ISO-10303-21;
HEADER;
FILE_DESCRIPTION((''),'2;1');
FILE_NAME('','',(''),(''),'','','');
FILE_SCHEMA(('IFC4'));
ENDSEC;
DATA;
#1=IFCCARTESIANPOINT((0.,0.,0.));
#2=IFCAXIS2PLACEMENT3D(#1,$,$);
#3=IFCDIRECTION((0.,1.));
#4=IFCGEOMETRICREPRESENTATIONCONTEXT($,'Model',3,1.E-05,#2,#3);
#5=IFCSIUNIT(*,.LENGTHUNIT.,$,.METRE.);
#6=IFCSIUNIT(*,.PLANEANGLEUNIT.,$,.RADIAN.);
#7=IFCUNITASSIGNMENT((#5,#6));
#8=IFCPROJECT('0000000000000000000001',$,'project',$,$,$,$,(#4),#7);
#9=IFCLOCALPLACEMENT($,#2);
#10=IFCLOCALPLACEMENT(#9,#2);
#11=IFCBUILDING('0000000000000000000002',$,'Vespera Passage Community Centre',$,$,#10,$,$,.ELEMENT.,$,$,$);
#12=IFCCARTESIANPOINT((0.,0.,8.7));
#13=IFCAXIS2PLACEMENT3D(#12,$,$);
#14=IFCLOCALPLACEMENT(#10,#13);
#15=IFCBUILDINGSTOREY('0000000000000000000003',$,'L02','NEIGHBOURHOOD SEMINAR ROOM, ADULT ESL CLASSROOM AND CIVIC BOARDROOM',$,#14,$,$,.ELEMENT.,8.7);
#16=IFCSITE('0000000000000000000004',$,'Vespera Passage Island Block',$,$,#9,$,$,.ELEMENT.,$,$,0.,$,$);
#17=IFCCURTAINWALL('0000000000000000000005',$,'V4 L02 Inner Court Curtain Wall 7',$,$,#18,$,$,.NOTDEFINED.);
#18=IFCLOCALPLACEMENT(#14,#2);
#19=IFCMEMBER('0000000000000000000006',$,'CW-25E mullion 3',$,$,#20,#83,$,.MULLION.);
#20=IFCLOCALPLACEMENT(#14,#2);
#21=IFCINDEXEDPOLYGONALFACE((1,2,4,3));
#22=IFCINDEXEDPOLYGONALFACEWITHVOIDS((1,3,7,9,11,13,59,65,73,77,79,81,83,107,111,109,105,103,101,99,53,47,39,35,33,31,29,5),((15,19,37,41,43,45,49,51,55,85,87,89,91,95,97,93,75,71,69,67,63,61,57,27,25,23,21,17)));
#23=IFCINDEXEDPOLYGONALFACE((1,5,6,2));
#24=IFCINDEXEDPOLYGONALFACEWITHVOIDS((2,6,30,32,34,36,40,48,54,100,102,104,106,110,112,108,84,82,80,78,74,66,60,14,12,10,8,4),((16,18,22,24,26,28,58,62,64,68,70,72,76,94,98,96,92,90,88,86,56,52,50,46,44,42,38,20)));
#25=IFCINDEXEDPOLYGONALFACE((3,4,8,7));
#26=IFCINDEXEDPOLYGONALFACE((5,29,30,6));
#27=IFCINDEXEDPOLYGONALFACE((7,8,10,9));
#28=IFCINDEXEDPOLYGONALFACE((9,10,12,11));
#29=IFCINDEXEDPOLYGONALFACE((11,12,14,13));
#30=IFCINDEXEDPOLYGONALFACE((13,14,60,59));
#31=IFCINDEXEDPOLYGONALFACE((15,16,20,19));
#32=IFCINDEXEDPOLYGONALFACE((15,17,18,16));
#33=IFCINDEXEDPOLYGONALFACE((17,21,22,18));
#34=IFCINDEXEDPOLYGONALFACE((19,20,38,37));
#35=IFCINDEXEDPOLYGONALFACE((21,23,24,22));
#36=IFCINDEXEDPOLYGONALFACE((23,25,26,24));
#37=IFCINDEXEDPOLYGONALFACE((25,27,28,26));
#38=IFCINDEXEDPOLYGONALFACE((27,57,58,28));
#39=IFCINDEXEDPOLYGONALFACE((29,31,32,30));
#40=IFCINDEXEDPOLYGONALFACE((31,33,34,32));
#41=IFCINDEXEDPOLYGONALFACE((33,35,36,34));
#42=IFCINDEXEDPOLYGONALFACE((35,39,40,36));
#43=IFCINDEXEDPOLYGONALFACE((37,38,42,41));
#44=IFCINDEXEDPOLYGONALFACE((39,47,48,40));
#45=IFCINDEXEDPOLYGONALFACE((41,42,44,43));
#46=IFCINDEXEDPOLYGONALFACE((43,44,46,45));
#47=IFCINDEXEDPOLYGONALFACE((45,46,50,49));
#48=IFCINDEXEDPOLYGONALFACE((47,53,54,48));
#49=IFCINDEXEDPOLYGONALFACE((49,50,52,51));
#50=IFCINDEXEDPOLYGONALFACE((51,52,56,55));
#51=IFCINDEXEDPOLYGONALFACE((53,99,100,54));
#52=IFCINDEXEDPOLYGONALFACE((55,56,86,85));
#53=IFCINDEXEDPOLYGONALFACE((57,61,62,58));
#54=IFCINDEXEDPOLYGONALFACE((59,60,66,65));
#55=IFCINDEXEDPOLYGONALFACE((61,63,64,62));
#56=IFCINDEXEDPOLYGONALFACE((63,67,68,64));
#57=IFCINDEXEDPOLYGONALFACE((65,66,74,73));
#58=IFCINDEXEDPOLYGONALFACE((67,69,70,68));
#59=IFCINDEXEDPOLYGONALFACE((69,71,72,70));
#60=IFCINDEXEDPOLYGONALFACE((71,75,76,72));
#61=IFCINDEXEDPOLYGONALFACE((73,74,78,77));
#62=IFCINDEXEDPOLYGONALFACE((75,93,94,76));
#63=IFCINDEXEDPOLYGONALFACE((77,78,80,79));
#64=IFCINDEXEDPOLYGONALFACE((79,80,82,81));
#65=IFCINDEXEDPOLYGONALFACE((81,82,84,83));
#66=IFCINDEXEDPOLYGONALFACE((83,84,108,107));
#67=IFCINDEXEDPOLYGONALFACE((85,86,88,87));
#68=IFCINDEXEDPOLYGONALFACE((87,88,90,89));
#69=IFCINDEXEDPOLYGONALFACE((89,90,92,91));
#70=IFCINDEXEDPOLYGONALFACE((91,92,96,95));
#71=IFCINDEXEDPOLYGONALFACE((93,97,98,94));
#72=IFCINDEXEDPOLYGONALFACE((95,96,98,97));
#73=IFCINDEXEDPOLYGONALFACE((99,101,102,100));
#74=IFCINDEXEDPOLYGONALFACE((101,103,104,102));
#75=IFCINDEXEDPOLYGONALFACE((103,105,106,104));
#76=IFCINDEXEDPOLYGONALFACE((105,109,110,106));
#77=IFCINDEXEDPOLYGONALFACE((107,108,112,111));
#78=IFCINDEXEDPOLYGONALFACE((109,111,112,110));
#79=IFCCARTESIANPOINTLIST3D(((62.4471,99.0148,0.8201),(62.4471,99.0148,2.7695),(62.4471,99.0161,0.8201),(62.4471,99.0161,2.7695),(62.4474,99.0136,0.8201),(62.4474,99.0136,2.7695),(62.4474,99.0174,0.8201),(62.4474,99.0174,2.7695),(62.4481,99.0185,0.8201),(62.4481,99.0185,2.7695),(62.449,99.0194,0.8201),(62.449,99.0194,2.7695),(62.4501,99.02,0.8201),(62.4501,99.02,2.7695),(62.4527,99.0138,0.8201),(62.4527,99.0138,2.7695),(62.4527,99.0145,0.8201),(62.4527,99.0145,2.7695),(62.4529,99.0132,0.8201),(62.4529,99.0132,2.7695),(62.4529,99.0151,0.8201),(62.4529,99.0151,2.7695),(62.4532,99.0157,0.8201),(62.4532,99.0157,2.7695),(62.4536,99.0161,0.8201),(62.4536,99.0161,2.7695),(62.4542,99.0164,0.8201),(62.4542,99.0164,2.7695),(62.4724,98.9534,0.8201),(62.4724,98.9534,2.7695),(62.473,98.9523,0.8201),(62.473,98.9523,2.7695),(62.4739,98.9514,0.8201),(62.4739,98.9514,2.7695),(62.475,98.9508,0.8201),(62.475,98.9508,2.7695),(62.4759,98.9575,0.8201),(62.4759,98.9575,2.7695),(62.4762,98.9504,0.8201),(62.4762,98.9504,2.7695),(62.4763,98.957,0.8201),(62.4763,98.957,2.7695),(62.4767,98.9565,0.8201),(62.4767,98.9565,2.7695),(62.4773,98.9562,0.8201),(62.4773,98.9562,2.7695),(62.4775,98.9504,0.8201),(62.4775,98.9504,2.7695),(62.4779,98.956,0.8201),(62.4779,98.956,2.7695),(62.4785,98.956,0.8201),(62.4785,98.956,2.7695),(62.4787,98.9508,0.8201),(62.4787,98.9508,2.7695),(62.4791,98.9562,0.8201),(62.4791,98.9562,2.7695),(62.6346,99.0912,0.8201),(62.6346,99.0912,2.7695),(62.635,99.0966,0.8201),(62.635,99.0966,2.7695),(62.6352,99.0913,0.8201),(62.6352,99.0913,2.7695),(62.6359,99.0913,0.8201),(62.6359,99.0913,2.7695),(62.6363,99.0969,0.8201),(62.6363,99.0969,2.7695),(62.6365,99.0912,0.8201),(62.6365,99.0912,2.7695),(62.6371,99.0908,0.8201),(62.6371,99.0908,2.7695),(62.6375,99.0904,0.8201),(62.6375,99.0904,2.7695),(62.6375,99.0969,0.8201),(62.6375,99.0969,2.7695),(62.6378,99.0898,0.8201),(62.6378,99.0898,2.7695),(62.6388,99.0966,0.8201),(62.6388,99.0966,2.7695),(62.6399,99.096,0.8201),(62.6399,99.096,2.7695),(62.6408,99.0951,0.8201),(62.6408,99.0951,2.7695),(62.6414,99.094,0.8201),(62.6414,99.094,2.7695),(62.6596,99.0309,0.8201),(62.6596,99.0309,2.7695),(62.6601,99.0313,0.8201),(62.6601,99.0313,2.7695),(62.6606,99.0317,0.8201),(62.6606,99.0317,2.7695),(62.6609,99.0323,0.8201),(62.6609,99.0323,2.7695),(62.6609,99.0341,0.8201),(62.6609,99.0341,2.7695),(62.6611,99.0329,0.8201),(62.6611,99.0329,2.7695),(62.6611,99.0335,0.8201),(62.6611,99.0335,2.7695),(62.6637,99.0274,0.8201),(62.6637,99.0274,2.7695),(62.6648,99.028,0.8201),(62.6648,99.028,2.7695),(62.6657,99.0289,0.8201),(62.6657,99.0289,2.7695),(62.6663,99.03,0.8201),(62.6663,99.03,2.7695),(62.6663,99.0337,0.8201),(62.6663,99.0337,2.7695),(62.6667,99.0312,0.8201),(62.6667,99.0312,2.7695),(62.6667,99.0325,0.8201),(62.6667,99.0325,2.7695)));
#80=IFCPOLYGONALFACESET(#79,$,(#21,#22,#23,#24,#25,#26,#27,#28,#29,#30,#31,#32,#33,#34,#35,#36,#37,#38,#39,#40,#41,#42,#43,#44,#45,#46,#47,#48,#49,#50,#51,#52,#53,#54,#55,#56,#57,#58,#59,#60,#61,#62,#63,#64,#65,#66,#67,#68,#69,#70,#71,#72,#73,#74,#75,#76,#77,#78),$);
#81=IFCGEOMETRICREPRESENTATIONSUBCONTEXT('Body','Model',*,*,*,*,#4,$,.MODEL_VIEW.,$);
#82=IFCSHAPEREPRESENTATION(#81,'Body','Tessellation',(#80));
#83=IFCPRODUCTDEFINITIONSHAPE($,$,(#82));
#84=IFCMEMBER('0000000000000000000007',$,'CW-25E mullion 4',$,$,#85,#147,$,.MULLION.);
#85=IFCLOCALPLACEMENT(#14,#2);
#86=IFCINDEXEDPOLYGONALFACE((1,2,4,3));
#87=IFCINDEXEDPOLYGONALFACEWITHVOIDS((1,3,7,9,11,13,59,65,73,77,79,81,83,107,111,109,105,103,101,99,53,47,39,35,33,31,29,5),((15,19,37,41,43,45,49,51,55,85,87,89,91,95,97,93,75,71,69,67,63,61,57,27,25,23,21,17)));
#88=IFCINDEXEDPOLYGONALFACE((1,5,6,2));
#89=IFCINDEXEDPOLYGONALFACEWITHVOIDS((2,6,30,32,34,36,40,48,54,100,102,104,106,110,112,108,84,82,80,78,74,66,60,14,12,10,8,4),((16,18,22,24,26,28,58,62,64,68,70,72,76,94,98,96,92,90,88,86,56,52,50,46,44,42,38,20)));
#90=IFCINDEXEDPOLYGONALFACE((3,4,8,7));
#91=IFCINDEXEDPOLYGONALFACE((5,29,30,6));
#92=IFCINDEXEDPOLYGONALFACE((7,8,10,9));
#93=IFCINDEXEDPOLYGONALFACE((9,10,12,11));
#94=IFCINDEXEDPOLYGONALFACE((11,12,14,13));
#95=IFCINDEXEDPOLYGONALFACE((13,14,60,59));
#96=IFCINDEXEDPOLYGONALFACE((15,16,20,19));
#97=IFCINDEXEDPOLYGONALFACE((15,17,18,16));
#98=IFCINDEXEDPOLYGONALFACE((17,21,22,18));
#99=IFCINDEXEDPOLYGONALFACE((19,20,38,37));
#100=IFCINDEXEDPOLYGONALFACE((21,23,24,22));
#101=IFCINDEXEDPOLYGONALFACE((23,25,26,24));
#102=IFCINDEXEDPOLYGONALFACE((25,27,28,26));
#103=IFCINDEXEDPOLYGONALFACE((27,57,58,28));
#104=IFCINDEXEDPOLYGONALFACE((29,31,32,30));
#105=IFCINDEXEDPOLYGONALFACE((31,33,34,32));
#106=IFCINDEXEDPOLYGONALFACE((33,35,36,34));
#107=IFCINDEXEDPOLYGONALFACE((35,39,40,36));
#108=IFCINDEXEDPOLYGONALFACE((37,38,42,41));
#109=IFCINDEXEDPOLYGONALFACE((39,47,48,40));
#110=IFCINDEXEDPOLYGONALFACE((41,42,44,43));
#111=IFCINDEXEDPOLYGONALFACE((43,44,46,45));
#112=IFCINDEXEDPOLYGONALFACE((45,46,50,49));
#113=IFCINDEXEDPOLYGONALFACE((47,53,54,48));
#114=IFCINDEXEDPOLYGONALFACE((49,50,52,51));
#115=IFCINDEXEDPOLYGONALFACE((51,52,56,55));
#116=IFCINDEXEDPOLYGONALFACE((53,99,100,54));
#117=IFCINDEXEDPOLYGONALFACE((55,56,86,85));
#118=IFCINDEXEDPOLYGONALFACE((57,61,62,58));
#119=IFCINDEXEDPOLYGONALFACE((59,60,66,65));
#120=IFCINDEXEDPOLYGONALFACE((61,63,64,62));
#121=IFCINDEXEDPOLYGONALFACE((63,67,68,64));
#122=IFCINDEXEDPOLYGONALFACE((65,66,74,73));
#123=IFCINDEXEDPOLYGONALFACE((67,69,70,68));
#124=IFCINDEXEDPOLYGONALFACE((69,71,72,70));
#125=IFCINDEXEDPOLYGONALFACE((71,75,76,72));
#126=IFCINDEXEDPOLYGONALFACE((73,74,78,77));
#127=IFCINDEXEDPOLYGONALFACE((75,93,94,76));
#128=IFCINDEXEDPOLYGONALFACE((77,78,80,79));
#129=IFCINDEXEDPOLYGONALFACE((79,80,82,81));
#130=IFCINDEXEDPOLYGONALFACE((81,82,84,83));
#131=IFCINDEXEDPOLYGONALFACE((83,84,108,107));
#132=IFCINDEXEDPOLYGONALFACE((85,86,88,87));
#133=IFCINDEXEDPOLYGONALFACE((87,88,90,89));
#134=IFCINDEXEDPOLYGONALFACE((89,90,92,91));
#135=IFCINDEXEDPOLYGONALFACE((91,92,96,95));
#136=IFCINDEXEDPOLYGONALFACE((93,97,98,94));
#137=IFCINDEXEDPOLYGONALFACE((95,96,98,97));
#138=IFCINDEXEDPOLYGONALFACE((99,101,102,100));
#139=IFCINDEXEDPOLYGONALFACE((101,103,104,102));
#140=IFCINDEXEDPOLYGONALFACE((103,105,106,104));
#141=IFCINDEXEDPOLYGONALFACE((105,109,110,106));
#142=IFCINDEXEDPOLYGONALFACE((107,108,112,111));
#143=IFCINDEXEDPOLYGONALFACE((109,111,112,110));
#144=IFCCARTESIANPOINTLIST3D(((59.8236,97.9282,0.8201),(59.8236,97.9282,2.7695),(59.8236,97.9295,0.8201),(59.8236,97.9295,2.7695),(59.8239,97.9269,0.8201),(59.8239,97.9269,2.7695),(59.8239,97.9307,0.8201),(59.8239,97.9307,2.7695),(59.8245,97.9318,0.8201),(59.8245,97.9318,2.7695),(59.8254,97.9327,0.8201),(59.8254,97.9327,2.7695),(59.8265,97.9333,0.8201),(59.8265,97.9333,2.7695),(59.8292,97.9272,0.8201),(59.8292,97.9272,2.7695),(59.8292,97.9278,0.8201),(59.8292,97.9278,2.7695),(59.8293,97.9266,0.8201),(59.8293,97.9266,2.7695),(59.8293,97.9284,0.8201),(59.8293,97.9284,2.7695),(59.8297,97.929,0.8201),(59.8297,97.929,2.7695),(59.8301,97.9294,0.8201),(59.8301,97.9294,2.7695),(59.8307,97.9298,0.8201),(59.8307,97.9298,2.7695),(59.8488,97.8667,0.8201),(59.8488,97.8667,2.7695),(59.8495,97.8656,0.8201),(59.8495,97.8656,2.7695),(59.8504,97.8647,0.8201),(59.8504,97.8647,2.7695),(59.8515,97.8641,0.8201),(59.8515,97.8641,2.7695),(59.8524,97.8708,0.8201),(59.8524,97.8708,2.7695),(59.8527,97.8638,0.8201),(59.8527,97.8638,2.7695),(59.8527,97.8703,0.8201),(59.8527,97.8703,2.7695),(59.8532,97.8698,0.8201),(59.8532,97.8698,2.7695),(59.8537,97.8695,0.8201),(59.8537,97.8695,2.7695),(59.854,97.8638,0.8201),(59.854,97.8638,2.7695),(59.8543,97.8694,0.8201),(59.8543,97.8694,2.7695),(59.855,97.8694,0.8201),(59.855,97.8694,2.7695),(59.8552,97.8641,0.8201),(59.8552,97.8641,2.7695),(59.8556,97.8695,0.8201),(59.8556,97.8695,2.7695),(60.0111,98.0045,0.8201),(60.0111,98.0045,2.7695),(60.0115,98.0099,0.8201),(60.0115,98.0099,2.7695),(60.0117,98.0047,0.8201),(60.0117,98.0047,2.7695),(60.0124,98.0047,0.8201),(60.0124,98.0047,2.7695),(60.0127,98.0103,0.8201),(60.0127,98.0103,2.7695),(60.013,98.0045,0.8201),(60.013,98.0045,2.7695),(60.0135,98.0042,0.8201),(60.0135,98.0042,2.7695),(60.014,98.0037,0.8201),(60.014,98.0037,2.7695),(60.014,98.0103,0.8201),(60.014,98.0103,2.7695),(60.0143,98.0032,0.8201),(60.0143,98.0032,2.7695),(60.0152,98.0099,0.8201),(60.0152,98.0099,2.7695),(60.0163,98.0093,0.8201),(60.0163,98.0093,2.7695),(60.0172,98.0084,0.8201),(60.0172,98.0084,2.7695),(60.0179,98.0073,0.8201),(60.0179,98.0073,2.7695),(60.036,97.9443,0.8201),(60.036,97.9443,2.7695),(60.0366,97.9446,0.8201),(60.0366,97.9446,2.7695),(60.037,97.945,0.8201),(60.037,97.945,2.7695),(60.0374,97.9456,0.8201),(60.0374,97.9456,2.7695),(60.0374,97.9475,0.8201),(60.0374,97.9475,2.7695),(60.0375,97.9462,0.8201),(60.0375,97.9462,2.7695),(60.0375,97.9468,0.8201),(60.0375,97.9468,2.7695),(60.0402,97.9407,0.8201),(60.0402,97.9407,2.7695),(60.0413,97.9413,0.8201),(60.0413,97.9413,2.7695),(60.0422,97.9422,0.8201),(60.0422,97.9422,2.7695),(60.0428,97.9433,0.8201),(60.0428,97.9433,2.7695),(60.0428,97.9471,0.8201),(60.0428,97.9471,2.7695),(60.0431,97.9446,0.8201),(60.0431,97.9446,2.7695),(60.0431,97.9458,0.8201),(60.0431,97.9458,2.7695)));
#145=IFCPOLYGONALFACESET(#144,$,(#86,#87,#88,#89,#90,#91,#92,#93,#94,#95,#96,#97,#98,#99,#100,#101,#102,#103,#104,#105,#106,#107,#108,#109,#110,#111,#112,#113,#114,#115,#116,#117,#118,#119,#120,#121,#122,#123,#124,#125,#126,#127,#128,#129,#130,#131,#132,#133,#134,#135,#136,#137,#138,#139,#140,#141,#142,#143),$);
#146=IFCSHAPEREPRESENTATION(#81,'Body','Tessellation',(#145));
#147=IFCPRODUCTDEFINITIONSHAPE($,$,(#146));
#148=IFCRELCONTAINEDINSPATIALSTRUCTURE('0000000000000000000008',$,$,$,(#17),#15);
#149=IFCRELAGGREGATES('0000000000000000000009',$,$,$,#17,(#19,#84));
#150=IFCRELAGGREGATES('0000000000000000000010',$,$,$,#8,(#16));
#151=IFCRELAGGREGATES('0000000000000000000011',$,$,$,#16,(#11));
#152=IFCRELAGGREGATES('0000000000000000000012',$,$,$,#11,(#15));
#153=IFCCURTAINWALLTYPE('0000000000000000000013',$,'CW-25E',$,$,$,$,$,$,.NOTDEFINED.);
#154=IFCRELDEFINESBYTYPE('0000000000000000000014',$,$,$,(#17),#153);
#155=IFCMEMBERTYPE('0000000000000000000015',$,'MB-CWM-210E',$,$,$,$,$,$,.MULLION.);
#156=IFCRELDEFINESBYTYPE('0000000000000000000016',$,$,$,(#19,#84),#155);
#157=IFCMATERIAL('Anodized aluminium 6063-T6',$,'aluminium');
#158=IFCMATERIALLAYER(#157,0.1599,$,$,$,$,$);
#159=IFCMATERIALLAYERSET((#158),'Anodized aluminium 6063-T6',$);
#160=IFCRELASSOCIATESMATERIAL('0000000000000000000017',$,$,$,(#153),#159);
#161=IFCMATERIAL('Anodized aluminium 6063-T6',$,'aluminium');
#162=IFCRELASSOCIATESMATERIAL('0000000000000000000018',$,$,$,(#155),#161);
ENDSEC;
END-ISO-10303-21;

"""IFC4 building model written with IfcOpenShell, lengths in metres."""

from ifc_helpers import new_model, si_unit, direction, frame, origin, origin_2d, place, context, subcontext, project, spatial, hollow_rectangle, extrude, material, layer, layer_set, material_profile, profile_set, type_object, element, aggregate, save


model = new_model("IFC4")

# Units and contexts
model_context = context("Model", 3, precision=1e-05, world=origin(), true_north=direction((0.0, 1.0)))
body_context = subcontext(model_context, "Body", "Model", "MODEL_VIEW")
ifc_project = project(units=[si_unit("LENGTHUNIT", "METRE"), si_unit("PLANEANGLEUNIT", "RADIAN")], contexts=[model_context])

# Site, building, storey
site_placement = place(None, origin())
site = spatial("IfcSite", under=ifc_project, at=site_placement, Name="Vespera Passage Island Block", CompositionType="ELEMENT", RefElevation=0.0)
building_placement = place(site_placement, origin())
building = spatial("IfcBuilding", under=site, at=building_placement, Name="Vespera Passage Community Centre", CompositionType="ELEMENT")
storey_placement = place(building_placement, frame((0.0, 0.0, 8.7)))
storey = spatial("IfcBuildingStorey", under=building, at=storey_placement, Name="L02", Description="NEIGHBOURHOOD SEMINAR ROOM, ADULT ESL CLASSROOM AND CIVIC BOARDROOM", CompositionType="ELEMENT", Elevation=8.7)

# Curtain wall, members
ifc_material_1 = material(Name="Anodized aluminium 6063-T6", Category="aluminium")
ifc_layer_1 = layer(ifc_material_1, 0.1599)
ifc_layer_set_1 = layer_set([ifc_layer_1], Name="Anodized aluminium 6063-T6")
curtain_wall_type_1 = type_object("IfcCurtainWallType", Name="CW-25E", PredefinedType="NOTDEFINED", material=ifc_layer_set_1)
curtain_wall_1_placement = place(storey_placement, origin())
curtain_wall_1 = element("IfcCurtainWall", 1, at=curtain_wall_1_placement, inside=storey, type_object=curtain_wall_type_1, Name="V4 L02 Inner Court Curtain Wall 7", PredefinedType="NOTDEFINED")
ifc_material_2 = material(Name="Anodized aluminium 6063-T6", Category="aluminium")
ifc_material_profile_1 = material_profile(ifc_material_2, hollow_rectangle(XDim=0.075, YDim=0.21, WallThickness=0.0049, InnerFilletRadius=0.0024, OuterFilletRadius=0.0049, at=origin_2d()), Name="ALU210X75X5")
ifc_profile_set_1 = profile_set([ifc_material_profile_1], Name="Anodized aluminium 6063-T6")
member_type_1 = type_object("IfcMemberType", Name="MB-CWM-210E", PredefinedType="MULLION", material=ifc_profile_set_1)
member_1_placement = place(storey_placement, frame((62.5569, 99.0237, 0.8201), z_axis=(0.0, 0.0, 1.0), x_axis=(0.38269, -0.923877, 0.0)))
member_1 = element("IfcMember", 2, at=member_1_placement, type_object=member_type_1, Name="CW-25E mullion 3", PredefinedType="MULLION", context=body_context, shape_type="SweptSolid", body=[
    extrude(hollow_rectangle(XDim=0.075, YDim=0.21, WallThickness=0.0049, InnerFilletRadius=0.0024, OuterFilletRadius=0.0049, at=origin_2d()), origin(), (0.0, 0.0, 1.0), 1.9495),
])
member_2_placement = place(storey_placement, frame((59.9333, 97.937, 0.8201), z_axis=(0.0, 0.0, 1.0), x_axis=(0.38269, -0.923877, 0.0)))
member_2 = element("IfcMember", 3, at=member_2_placement, type_object=member_type_1, Name="CW-25E mullion 4", PredefinedType="MULLION", context=body_context, shape_type="SweptSolid", body=[
    extrude(hollow_rectangle(XDim=0.075, YDim=0.21, WallThickness=0.0049, InnerFilletRadius=0.0024, OuterFilletRadius=0.0049, at=origin_2d()), origin(), (0.0, 0.0, 1.0), 1.9495),
])

aggregate(curtain_wall_1, [member_1, member_2])

save(model, "model.ifc")
